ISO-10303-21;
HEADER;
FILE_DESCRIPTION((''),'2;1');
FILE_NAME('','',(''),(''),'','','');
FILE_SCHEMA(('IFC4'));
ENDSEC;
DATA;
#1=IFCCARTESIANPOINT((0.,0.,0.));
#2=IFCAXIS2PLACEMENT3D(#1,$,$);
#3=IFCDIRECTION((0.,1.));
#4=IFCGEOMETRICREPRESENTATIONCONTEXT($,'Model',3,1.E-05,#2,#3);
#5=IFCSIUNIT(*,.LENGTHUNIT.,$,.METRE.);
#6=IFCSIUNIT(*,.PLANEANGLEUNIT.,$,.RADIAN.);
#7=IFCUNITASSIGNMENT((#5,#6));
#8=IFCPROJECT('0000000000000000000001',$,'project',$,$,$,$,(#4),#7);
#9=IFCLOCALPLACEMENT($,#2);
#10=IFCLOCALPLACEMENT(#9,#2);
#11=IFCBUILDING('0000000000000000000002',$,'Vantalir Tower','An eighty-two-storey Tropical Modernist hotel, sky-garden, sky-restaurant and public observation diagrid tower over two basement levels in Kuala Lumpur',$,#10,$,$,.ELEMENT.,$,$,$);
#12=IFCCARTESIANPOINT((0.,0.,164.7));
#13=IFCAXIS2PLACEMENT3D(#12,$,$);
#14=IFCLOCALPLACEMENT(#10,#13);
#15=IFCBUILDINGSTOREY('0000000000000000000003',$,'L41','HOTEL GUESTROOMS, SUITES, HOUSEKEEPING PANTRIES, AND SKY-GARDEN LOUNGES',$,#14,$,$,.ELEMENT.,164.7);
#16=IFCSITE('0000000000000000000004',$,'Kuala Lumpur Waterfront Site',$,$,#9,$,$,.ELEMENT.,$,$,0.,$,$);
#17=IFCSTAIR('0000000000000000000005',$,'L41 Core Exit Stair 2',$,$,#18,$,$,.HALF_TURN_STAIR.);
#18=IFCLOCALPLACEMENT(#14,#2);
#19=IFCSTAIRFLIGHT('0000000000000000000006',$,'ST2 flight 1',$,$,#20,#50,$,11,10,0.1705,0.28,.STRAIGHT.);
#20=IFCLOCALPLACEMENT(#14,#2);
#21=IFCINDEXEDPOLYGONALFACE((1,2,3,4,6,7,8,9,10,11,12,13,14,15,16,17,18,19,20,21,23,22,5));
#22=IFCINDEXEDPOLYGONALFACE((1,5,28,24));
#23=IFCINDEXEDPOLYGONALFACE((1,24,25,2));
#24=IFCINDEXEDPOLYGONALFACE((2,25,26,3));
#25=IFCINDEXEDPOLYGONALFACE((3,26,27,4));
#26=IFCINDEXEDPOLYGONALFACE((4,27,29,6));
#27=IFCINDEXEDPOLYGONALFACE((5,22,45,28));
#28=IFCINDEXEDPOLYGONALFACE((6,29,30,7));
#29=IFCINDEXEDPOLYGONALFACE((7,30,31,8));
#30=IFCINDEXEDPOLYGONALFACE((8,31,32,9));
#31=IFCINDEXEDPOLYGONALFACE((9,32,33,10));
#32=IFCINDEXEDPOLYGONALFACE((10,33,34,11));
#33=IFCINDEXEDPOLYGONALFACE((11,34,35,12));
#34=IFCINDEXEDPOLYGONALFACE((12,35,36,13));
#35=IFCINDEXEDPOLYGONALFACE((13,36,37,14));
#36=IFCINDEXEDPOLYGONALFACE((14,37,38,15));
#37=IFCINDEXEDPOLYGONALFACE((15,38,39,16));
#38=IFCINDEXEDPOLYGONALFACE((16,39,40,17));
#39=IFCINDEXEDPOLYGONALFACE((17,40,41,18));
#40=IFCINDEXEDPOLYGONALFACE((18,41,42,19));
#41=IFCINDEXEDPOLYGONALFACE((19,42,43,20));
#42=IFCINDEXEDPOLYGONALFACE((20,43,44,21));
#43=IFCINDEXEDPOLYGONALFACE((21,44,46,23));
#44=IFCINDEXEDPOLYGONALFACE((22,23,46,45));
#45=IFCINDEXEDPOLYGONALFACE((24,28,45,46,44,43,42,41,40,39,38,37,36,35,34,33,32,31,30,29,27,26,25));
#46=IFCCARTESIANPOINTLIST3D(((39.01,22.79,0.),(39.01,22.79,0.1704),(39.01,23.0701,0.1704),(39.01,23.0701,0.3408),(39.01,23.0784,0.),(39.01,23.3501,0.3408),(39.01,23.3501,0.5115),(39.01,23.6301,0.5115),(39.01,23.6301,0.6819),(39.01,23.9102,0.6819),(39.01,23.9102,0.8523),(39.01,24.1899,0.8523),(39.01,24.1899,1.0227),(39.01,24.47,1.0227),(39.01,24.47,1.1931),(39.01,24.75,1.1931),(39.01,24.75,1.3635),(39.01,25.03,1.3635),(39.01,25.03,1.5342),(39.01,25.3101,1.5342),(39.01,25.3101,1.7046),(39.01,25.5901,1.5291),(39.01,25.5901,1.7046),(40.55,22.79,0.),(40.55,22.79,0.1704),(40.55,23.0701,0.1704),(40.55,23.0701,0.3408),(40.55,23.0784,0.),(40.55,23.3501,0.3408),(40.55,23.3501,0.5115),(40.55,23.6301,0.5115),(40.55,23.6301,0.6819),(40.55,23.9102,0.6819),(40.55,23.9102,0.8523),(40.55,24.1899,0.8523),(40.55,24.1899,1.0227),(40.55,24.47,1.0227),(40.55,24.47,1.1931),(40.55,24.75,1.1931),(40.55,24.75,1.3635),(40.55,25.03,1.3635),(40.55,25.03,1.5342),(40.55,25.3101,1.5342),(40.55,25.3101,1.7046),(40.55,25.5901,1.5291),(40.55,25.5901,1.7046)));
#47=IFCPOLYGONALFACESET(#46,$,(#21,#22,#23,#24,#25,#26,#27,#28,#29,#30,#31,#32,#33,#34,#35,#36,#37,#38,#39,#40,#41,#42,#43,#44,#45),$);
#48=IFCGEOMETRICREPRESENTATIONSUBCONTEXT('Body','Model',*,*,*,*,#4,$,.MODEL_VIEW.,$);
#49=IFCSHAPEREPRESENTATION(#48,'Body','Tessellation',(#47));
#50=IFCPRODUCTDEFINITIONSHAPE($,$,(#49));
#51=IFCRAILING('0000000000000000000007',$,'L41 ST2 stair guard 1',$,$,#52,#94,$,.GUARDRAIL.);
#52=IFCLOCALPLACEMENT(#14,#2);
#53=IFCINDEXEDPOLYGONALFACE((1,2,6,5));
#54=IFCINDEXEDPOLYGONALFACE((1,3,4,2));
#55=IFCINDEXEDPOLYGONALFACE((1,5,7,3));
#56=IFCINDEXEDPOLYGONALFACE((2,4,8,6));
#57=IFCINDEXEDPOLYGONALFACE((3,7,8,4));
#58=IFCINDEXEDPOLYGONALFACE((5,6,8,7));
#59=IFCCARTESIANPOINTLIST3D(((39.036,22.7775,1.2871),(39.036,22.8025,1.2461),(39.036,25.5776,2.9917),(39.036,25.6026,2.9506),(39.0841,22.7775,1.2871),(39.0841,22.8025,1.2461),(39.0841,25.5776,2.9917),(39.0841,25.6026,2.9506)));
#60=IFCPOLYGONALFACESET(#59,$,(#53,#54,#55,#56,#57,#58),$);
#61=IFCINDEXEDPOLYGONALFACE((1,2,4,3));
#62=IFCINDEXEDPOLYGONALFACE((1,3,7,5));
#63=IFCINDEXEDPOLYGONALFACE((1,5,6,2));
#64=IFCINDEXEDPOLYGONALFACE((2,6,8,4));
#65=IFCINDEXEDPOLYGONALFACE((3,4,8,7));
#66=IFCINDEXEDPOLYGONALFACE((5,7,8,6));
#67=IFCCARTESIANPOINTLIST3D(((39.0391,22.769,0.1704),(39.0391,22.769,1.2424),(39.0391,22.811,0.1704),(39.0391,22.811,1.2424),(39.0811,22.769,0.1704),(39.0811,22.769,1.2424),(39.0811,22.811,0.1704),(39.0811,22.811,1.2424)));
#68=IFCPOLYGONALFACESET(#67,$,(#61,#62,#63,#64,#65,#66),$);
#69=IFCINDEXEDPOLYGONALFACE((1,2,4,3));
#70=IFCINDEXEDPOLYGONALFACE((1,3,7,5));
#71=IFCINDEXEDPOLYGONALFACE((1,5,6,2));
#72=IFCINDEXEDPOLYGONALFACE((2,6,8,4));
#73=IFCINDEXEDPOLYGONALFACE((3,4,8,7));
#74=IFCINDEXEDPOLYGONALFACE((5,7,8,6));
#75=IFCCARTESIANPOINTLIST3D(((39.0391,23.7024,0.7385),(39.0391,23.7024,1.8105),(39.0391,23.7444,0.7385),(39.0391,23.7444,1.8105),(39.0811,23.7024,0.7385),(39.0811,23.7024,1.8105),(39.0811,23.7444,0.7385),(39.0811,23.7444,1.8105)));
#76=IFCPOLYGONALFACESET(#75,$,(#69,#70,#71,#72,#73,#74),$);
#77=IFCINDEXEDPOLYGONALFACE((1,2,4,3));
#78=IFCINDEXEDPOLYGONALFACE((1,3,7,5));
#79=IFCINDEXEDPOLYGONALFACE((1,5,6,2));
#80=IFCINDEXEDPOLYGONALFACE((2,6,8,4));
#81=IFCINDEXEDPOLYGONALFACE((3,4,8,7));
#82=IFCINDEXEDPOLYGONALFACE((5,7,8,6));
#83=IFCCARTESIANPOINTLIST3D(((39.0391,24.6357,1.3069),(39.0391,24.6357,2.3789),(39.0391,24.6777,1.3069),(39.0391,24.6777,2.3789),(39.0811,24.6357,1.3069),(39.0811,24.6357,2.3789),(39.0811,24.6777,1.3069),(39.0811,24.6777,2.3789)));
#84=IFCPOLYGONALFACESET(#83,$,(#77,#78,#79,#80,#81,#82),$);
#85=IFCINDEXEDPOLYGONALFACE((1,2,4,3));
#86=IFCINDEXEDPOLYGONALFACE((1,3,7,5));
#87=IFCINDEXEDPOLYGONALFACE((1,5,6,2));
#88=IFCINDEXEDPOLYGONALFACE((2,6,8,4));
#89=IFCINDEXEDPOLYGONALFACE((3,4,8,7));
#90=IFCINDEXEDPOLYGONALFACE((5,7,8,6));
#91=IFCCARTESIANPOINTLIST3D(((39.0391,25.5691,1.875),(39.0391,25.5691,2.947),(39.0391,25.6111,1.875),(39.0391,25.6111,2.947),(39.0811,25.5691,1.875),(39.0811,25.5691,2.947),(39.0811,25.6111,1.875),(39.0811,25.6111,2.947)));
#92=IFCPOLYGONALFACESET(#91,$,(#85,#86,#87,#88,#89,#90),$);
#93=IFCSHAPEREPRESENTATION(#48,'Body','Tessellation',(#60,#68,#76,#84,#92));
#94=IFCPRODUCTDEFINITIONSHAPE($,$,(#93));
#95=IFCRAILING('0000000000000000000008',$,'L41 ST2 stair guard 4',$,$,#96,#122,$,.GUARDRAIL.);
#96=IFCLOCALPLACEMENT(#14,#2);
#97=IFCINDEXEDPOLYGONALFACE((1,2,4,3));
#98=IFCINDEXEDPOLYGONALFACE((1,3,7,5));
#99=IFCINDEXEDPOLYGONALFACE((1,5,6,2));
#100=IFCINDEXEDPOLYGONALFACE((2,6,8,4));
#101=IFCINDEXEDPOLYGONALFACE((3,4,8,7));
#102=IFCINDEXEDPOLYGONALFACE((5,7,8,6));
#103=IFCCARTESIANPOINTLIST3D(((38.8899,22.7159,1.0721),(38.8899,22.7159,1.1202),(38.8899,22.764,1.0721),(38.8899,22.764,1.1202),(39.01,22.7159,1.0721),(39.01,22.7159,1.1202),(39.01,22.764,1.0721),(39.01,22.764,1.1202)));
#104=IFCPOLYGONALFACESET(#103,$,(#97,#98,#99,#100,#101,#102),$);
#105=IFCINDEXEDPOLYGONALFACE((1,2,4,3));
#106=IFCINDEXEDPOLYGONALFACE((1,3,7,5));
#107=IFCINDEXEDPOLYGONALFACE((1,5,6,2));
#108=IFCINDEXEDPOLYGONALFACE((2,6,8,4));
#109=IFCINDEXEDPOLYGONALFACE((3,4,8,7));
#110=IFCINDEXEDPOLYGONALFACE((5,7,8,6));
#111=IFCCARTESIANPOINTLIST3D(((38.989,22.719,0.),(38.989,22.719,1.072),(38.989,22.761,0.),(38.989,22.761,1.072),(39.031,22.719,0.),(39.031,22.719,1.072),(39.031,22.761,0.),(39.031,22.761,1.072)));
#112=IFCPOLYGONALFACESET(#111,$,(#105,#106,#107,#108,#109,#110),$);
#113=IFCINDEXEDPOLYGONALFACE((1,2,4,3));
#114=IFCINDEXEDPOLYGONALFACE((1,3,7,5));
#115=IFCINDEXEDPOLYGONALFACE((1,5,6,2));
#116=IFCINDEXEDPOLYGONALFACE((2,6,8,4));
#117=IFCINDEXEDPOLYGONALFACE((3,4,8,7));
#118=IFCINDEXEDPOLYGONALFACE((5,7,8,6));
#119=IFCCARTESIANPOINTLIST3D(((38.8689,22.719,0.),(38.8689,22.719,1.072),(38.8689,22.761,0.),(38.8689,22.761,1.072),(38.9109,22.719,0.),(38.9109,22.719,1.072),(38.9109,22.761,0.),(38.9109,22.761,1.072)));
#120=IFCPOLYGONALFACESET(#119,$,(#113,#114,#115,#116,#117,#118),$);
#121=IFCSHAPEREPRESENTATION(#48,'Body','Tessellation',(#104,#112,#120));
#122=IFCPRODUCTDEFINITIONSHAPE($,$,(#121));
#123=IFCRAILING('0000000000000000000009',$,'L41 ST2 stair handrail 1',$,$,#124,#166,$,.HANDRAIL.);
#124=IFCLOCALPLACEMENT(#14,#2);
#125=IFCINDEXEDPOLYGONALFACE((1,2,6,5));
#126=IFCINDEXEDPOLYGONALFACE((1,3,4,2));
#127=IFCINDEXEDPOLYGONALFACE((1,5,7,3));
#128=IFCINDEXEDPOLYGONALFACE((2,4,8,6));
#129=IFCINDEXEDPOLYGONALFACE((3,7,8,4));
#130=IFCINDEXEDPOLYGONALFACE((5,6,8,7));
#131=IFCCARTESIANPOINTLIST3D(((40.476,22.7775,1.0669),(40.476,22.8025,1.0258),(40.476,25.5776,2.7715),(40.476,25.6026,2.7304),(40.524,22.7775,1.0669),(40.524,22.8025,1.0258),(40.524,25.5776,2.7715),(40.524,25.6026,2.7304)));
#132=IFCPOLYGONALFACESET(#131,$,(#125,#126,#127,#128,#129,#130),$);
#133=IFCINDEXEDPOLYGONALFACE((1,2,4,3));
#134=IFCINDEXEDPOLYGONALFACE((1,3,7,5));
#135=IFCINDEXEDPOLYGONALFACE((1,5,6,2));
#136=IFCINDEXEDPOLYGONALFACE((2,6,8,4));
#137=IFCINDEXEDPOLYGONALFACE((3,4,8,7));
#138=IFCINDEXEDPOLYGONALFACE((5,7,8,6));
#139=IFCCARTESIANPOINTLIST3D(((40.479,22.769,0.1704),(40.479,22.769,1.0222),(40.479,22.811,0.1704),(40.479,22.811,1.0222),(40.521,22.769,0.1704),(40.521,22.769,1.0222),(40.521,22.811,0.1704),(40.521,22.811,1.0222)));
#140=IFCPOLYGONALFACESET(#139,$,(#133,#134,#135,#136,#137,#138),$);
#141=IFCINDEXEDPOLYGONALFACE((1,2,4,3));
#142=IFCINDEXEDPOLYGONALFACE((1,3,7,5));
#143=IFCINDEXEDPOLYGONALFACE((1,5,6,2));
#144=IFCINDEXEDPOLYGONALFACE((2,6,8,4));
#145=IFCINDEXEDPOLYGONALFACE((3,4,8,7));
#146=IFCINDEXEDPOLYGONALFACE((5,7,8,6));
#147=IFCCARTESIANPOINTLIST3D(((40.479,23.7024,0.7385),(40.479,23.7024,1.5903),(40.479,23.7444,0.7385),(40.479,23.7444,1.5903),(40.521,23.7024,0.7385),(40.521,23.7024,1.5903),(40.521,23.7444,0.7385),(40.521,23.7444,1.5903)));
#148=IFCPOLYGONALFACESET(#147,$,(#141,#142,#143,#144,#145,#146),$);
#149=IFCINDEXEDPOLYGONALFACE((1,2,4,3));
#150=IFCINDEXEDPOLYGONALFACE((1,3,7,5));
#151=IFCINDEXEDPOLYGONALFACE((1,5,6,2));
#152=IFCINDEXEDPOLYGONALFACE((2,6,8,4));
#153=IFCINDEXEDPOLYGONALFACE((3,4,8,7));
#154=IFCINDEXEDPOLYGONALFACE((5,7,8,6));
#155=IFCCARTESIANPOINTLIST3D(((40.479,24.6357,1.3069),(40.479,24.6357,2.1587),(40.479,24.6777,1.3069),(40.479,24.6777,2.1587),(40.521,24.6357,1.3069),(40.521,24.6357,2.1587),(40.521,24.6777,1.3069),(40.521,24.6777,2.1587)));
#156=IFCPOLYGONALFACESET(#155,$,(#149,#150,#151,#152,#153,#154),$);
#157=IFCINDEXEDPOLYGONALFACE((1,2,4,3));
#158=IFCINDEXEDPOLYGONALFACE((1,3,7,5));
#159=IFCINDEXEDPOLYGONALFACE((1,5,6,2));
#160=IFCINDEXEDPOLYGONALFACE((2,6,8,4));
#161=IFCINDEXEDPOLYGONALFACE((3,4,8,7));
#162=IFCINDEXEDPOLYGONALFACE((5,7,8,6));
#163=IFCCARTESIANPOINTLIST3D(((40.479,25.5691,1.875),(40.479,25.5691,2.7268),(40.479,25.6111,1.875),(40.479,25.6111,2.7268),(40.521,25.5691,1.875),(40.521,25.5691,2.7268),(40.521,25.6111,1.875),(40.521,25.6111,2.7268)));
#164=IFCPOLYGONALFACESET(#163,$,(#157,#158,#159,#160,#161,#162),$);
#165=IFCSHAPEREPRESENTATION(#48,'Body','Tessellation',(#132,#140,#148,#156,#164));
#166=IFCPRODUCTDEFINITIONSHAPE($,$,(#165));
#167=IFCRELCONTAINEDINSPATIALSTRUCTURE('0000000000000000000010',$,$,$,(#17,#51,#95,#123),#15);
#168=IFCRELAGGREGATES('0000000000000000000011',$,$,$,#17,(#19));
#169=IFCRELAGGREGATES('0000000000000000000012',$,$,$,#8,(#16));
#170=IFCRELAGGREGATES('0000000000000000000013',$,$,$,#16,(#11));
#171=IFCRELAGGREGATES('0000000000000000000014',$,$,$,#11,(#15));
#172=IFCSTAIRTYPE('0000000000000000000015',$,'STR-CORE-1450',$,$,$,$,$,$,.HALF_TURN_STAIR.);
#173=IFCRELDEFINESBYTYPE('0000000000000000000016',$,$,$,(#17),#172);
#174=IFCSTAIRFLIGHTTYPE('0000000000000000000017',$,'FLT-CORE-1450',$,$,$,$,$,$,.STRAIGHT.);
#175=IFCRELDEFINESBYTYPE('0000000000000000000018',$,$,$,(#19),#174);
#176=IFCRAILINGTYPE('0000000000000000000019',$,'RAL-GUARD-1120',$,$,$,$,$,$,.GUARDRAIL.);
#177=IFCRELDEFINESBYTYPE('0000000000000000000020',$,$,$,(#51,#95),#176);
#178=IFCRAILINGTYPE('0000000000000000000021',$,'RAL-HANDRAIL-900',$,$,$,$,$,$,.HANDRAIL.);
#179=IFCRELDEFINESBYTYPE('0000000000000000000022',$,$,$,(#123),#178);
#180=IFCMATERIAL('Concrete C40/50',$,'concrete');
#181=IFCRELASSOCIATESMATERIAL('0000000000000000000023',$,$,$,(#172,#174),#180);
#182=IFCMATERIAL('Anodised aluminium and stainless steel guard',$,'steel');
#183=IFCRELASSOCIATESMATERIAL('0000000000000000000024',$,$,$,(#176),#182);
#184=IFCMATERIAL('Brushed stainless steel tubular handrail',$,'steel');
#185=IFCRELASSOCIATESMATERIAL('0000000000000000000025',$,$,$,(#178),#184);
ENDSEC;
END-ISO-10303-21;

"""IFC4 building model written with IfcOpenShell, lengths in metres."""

from ifc_helpers import new_model, si_unit, direction, frame, origin, origin_2d, place, context, subcontext, project, spatial, polyline, rectangle, outline, extrude, material, type_object, element, aggregate, save


model = new_model("IFC4")

# Units and contexts
model_context = context("Model", 3, precision=1e-05, world=origin(), true_north=direction((0.0, 1.0)))
body_context = subcontext(model_context, "Body", "Model", "MODEL_VIEW")
ifc_project = project(units=[si_unit("LENGTHUNIT", "METRE"), si_unit("PLANEANGLEUNIT", "RADIAN")], contexts=[model_context])

# Site, building, storey
site_placement = place(None, origin())
site = spatial("IfcSite", under=ifc_project, at=site_placement, Name="Kuala Lumpur Waterfront Site", CompositionType="ELEMENT", RefElevation=0.0)
building_placement = place(site_placement, origin())
building = spatial("IfcBuilding", under=site, at=building_placement, Name="Vantalir Tower", Description="An eighty-two-storey Tropical Modernist hotel, sky-garden, sky-restaurant and public observation diagrid tower over two basement levels in Kuala Lumpur", CompositionType="ELEMENT")
storey_placement = place(building_placement, frame((0.0, 0.0, 164.7)))
storey = spatial("IfcBuildingStorey", under=building, at=storey_placement, Name="L41", Description="HOTEL GUESTROOMS, SUITES, HOUSEKEEPING PANTRIES, AND SKY-GARDEN LOUNGES", CompositionType="ELEMENT", Elevation=164.7)

# Stair, stair flight
ifc_material_1 = material(Name="Concrete C40/50", Category="concrete")
stair_type = type_object("IfcStairType", Name="STR-CORE-1450", PredefinedType="HALF_TURN_STAIR", material=ifc_material_1)
stair_placement = place(storey_placement, origin())
stair = element("IfcStair", 1, at=stair_placement, inside=storey, type_object=stair_type, Name="L41 Core Exit Stair 2", PredefinedType="HALF_TURN_STAIR")
stair_flight_type = type_object("IfcStairFlightType", Name="FLT-CORE-1450", PredefinedType="STRAIGHT", material=ifc_material_1)
stair_flight_placement = place(storey_placement, frame((39.78, 22.79, 0.0), z_axis=(0.0, 0.0, 1.0), x_axis=(0.0, 1.0, 0.0)))
stair_flight = element("IfcStairFlight", 2, at=stair_flight_placement, type_object=stair_flight_type, Name="ST2 flight 1", NumberOfRisers=11, NumberOfTreads=10, PredefinedType="STRAIGHT", RiserHeight=0.1705, TreadLength=0.28, context=body_context, shape_type="SweptSolid", body=[
    extrude(outline(polyline([(0.0, 0.0), (0.0, 0.1704), (0.28, 0.1704), (0.28, 0.3408), (0.5601, 0.3408), (0.5601, 0.5115), (0.8401, 0.5115), (0.8401, 0.6819), (1.1201, 0.6819), (1.1201, 0.8523), (1.3999, 0.8523), (1.3999, 1.0227), (1.6799, 1.0227), (1.6799, 1.1931), (1.96, 1.1931), (1.96, 1.3635), (2.24, 1.3635), (2.24, 1.5342), (2.52, 1.5342), (2.52, 1.7046), (2.8, 1.7046), (2.8, 1.875), (2.8, 1.5291), (0.2883, 0.0), (0.0, 0.0)])), frame((0.0, 0.77, 0.0), z_axis=(0.0, -1.0, 0.0), x_axis=(1.0, 0.0, 0.0)), (0.0, 0.0, 1.0), 1.54),
])
aggregate(stair, [stair_flight])

# Railings
ifc_material_2 = material(Name="Anodised aluminium and stainless steel guard", Category="steel")
railing_type_1 = type_object("IfcRailingType", Name="RAL-GUARD-1120", PredefinedType="GUARDRAIL", material=ifc_material_2)
railing_1_placement = place(storey_placement, frame((39.0601, 22.79, 0.1704)))
element("IfcRailing", 3, at=railing_1_placement, inside=storey, type_object=railing_type_1, Name="L41 ST2 stair guard 1", PredefinedType="GUARDRAIL", context=body_context, shape_type="SweptSolid", body=[
    extrude(rectangle(XDim=0.0481, YDim=0.0481, at=origin_2d()), frame((0.0, 0.0, 1.0962), z_axis=(0.0, 0.85417, 0.519994), x_axis=(-1.0, 0.0, 0.0)), (0.0, 0.0, 1.0), 3.2781),
    extrude(rectangle(XDim=0.042, YDim=0.042, at=origin_2d()), origin(), (0.0, 0.0, 1.0), 1.072),
    extrude(rectangle(XDim=0.042, YDim=0.042, at=origin_2d()), frame((0.0, 0.9333, 0.5681)), (0.0, 0.0, 1.0), 1.072),
    extrude(rectangle(XDim=0.042, YDim=0.042, at=origin_2d()), frame((0.0, 1.8667, 1.1365)), (0.0, 0.0, 1.0), 1.072),
    extrude(rectangle(XDim=0.042, YDim=0.042, at=origin_2d()), frame((0.0, 2.8, 1.7046)), (0.0, 0.0, 1.0), 1.072),
])
railing_2_placement = place(storey_placement, frame((39.01, 22.74, 0.0)))
element("IfcRailing", 4, at=railing_2_placement, inside=storey, type_object=railing_type_1, Name="L41 ST2 stair guard 4", PredefinedType="GUARDRAIL", context=body_context, shape_type="SweptSolid", body=[
    extrude(rectangle(XDim=0.0481, YDim=0.0481, at=origin_2d()), frame((0.0, 0.0, 1.0962), z_axis=(-1.0, 0.0, 0.0), x_axis=(0.0, -1.0, 0.0)), (0.0, 0.0, 1.0), 0.1201),
    extrude(rectangle(XDim=0.042, YDim=0.042, at=origin_2d()), origin(), (0.0, 0.0, 1.0), 1.072),
    extrude(rectangle(XDim=0.042, YDim=0.042, at=origin_2d()), frame((-0.1201, 0.0, 0.0)), (0.0, 0.0, 1.0), 1.072),
])
ifc_material_3 = material(Name="Brushed stainless steel tubular handrail", Category="steel")
railing_type_2 = type_object("IfcRailingType", Name="RAL-HANDRAIL-900", PredefinedType="HANDRAIL", material=ifc_material_3)
railing_3_placement = place(storey_placement, frame((40.5, 22.79, 0.1704)))
element("IfcRailing", 5, at=railing_3_placement, inside=storey, type_object=railing_type_2, Name="L41 ST2 stair handrail 1", PredefinedType="HANDRAIL", context=body_context, shape_type="SweptSolid", body=[
    extrude(rectangle(XDim=0.0481, YDim=0.0481, at=origin_2d()), frame((0.0, 0.0, 0.876), z_axis=(0.0, 0.85417, 0.519994), x_axis=(-1.0, 0.0, 0.0)), (0.0, 0.0, 1.0), 3.2781),
    extrude(rectangle(XDim=0.042, YDim=0.042, at=origin_2d()), origin(), (0.0, 0.0, 1.0), 0.8518),
    extrude(rectangle(XDim=0.042, YDim=0.042, at=origin_2d()), frame((0.0, 0.9333, 0.5681)), (0.0, 0.0, 1.0), 0.8518),
    extrude(rectangle(XDim=0.042, YDim=0.042, at=origin_2d()), frame((0.0, 1.8667, 1.1365)), (0.0, 0.0, 1.0), 0.8518),
    extrude(rectangle(XDim=0.042, YDim=0.042, at=origin_2d()), frame((0.0, 2.8, 1.7046)), (0.0, 0.0, 1.0), 0.8518),
])

save(model, "model.ifc")
